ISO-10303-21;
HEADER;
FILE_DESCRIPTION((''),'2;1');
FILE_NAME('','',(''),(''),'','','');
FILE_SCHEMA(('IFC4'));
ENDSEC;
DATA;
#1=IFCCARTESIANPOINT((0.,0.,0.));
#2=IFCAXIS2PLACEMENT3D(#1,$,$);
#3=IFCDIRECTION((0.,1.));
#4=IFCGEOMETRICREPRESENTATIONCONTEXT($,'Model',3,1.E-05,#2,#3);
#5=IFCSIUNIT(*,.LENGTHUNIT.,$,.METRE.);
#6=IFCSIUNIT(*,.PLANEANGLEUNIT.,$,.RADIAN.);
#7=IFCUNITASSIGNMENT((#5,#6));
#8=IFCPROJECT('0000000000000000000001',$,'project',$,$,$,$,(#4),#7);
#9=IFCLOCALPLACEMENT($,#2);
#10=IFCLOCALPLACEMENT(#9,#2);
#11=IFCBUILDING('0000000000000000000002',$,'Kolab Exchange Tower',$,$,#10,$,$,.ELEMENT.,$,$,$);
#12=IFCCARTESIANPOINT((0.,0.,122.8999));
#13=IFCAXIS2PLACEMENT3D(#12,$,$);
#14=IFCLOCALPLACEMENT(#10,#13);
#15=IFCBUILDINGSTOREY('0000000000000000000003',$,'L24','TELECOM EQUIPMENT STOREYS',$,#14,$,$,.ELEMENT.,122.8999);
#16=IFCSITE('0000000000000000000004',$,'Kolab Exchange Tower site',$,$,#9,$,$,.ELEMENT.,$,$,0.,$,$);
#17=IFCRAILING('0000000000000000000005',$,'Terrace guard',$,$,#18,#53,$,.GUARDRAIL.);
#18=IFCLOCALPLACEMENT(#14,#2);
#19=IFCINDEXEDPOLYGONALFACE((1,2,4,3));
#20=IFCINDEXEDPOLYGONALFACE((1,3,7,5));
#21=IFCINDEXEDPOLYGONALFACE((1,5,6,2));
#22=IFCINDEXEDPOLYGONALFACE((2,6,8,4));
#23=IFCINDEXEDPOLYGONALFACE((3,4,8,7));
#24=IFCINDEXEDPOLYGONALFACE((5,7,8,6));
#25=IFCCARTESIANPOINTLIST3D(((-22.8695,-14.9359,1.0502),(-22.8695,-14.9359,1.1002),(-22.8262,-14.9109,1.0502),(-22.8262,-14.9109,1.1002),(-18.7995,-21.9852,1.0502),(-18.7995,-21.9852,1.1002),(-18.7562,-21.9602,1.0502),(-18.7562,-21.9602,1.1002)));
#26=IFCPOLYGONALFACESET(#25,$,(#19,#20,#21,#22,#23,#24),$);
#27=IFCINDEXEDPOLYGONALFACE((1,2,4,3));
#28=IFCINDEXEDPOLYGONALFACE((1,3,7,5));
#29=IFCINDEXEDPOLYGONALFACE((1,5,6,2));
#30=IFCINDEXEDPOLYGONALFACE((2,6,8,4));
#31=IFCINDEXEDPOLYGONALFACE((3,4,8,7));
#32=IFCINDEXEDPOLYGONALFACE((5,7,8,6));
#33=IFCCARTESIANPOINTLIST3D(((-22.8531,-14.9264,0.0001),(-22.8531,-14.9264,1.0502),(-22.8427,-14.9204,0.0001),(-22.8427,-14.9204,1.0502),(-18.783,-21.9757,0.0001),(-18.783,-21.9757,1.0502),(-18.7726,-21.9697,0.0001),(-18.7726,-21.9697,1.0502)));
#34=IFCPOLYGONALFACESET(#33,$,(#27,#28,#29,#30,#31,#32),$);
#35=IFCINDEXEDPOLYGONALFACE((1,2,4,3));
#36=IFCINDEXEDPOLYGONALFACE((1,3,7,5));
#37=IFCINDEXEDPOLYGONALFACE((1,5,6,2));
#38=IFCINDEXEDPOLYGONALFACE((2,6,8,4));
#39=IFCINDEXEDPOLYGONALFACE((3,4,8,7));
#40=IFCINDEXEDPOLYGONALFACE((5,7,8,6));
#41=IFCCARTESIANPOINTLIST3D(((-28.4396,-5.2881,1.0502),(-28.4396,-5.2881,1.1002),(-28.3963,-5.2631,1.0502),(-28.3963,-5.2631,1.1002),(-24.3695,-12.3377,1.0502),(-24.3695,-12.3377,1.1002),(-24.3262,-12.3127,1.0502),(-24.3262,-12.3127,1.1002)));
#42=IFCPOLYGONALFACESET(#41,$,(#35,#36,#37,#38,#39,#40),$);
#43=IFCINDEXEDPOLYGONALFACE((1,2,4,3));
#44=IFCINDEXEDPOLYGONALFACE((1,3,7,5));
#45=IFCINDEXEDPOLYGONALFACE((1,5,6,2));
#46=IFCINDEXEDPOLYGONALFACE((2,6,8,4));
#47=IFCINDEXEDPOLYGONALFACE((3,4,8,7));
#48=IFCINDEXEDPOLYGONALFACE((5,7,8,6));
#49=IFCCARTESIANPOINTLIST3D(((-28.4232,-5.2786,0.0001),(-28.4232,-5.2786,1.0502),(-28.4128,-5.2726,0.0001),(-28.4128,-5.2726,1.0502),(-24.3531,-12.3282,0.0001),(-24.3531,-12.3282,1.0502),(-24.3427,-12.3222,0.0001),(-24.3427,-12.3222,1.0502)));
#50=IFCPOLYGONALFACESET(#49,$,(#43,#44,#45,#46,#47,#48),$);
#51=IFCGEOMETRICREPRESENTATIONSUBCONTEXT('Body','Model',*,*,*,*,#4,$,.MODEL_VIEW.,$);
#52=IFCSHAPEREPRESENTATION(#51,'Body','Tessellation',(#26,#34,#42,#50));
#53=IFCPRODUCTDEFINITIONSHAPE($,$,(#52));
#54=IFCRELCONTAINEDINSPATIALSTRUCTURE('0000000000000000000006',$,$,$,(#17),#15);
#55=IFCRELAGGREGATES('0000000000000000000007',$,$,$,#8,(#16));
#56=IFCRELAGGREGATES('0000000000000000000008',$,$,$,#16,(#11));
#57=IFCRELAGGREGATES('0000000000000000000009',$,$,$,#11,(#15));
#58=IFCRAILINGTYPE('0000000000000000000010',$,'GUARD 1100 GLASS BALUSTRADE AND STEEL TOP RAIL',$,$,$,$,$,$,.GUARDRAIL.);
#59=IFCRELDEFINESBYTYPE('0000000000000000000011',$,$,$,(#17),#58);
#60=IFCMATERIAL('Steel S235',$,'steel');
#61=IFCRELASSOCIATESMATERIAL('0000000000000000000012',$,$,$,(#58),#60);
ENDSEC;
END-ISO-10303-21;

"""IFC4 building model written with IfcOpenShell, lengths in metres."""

from ifc_helpers import new_model, si_unit, direction, frame, frame_2d, origin, origin_2d, place, context, subcontext, project, spatial, rectangle, extrude, material, type_object, element, save


model = new_model("IFC4")

# Units and contexts
model_context = context("Model", 3, precision=1e-05, world=origin(), true_north=direction((0.0, 1.0)))
body_context = subcontext(model_context, "Body", "Model", "MODEL_VIEW")
ifc_project = project(units=[si_unit("LENGTHUNIT", "METRE"), si_unit("PLANEANGLEUNIT", "RADIAN")], contexts=[model_context])

# Site, building, storey
site_placement = place(None, origin())
site = spatial("IfcSite", under=ifc_project, at=site_placement, Name="Kolab Exchange Tower site", CompositionType="ELEMENT", RefElevation=0.0)
building_placement = place(site_placement, origin())
building = spatial("IfcBuilding", under=site, at=building_placement, Name="Kolab Exchange Tower", CompositionType="ELEMENT")
storey_placement = place(building_placement, frame((0.0, 0.0, 122.8999)))
storey = spatial("IfcBuildingStorey", under=building, at=storey_placement, Name="L24", Description="TELECOM EQUIPMENT STOREYS", CompositionType="ELEMENT", Elevation=122.8999)

# Railing
ifc_material_1 = material(Name="Steel S235", Category="steel")
railing_type = type_object("IfcRailingType", Name="GUARD 1100 GLASS BALUSTRADE AND STEEL TOP RAIL", PredefinedType="GUARDRAIL", material=ifc_material_1)
railing_placement = place(storey_placement, frame((-18.7778, -21.9727, 0.0)))
element("IfcRailing", 1, at=railing_placement, inside=storey, type_object=railing_type, Name="Terrace guard", PredefinedType="GUARDRAIL", context=body_context, shape_type="SweptSolid", body=[
    extrude(rectangle(XDim=0.05, YDim=0.05, at=origin_2d()), frame((0.0, 0.0, 1.0752), z_axis=(-0.500013, 0.866018, 0.0), x_axis=(-0.866018, -0.500013, 0.0)), (0.0, 0.0, 1.0), 8.1399),
    extrude(rectangle(XDim=0.012, YDim=1.0501, at=frame_2d((0.0, 0.5251))), frame((0.0, 0.0, 0.0), z_axis=(-0.500013, 0.866018, 0.0), x_axis=(-0.866018, -0.500013, 0.0)), (0.0, 0.0, 1.0), 8.1399),
    extrude(rectangle(XDim=0.05, YDim=0.05, at=origin_2d()), frame((-9.6401, 16.697, 1.0752), z_axis=(0.5, -0.866025, 0.0), x_axis=(0.866025, 0.5, 0.0)), (0.0, 0.0, 1.0), 8.1401),
    extrude(rectangle(XDim=0.012, YDim=1.0501, at=frame_2d((0.0, 0.5251))), frame((-9.6401, 16.697, 0.0), z_axis=(0.5, -0.866025, 0.0), x_axis=(0.866025, 0.5, 0.0)), (0.0, 0.0, 1.0), 8.1401),
])

save(model, "model.ifc")
